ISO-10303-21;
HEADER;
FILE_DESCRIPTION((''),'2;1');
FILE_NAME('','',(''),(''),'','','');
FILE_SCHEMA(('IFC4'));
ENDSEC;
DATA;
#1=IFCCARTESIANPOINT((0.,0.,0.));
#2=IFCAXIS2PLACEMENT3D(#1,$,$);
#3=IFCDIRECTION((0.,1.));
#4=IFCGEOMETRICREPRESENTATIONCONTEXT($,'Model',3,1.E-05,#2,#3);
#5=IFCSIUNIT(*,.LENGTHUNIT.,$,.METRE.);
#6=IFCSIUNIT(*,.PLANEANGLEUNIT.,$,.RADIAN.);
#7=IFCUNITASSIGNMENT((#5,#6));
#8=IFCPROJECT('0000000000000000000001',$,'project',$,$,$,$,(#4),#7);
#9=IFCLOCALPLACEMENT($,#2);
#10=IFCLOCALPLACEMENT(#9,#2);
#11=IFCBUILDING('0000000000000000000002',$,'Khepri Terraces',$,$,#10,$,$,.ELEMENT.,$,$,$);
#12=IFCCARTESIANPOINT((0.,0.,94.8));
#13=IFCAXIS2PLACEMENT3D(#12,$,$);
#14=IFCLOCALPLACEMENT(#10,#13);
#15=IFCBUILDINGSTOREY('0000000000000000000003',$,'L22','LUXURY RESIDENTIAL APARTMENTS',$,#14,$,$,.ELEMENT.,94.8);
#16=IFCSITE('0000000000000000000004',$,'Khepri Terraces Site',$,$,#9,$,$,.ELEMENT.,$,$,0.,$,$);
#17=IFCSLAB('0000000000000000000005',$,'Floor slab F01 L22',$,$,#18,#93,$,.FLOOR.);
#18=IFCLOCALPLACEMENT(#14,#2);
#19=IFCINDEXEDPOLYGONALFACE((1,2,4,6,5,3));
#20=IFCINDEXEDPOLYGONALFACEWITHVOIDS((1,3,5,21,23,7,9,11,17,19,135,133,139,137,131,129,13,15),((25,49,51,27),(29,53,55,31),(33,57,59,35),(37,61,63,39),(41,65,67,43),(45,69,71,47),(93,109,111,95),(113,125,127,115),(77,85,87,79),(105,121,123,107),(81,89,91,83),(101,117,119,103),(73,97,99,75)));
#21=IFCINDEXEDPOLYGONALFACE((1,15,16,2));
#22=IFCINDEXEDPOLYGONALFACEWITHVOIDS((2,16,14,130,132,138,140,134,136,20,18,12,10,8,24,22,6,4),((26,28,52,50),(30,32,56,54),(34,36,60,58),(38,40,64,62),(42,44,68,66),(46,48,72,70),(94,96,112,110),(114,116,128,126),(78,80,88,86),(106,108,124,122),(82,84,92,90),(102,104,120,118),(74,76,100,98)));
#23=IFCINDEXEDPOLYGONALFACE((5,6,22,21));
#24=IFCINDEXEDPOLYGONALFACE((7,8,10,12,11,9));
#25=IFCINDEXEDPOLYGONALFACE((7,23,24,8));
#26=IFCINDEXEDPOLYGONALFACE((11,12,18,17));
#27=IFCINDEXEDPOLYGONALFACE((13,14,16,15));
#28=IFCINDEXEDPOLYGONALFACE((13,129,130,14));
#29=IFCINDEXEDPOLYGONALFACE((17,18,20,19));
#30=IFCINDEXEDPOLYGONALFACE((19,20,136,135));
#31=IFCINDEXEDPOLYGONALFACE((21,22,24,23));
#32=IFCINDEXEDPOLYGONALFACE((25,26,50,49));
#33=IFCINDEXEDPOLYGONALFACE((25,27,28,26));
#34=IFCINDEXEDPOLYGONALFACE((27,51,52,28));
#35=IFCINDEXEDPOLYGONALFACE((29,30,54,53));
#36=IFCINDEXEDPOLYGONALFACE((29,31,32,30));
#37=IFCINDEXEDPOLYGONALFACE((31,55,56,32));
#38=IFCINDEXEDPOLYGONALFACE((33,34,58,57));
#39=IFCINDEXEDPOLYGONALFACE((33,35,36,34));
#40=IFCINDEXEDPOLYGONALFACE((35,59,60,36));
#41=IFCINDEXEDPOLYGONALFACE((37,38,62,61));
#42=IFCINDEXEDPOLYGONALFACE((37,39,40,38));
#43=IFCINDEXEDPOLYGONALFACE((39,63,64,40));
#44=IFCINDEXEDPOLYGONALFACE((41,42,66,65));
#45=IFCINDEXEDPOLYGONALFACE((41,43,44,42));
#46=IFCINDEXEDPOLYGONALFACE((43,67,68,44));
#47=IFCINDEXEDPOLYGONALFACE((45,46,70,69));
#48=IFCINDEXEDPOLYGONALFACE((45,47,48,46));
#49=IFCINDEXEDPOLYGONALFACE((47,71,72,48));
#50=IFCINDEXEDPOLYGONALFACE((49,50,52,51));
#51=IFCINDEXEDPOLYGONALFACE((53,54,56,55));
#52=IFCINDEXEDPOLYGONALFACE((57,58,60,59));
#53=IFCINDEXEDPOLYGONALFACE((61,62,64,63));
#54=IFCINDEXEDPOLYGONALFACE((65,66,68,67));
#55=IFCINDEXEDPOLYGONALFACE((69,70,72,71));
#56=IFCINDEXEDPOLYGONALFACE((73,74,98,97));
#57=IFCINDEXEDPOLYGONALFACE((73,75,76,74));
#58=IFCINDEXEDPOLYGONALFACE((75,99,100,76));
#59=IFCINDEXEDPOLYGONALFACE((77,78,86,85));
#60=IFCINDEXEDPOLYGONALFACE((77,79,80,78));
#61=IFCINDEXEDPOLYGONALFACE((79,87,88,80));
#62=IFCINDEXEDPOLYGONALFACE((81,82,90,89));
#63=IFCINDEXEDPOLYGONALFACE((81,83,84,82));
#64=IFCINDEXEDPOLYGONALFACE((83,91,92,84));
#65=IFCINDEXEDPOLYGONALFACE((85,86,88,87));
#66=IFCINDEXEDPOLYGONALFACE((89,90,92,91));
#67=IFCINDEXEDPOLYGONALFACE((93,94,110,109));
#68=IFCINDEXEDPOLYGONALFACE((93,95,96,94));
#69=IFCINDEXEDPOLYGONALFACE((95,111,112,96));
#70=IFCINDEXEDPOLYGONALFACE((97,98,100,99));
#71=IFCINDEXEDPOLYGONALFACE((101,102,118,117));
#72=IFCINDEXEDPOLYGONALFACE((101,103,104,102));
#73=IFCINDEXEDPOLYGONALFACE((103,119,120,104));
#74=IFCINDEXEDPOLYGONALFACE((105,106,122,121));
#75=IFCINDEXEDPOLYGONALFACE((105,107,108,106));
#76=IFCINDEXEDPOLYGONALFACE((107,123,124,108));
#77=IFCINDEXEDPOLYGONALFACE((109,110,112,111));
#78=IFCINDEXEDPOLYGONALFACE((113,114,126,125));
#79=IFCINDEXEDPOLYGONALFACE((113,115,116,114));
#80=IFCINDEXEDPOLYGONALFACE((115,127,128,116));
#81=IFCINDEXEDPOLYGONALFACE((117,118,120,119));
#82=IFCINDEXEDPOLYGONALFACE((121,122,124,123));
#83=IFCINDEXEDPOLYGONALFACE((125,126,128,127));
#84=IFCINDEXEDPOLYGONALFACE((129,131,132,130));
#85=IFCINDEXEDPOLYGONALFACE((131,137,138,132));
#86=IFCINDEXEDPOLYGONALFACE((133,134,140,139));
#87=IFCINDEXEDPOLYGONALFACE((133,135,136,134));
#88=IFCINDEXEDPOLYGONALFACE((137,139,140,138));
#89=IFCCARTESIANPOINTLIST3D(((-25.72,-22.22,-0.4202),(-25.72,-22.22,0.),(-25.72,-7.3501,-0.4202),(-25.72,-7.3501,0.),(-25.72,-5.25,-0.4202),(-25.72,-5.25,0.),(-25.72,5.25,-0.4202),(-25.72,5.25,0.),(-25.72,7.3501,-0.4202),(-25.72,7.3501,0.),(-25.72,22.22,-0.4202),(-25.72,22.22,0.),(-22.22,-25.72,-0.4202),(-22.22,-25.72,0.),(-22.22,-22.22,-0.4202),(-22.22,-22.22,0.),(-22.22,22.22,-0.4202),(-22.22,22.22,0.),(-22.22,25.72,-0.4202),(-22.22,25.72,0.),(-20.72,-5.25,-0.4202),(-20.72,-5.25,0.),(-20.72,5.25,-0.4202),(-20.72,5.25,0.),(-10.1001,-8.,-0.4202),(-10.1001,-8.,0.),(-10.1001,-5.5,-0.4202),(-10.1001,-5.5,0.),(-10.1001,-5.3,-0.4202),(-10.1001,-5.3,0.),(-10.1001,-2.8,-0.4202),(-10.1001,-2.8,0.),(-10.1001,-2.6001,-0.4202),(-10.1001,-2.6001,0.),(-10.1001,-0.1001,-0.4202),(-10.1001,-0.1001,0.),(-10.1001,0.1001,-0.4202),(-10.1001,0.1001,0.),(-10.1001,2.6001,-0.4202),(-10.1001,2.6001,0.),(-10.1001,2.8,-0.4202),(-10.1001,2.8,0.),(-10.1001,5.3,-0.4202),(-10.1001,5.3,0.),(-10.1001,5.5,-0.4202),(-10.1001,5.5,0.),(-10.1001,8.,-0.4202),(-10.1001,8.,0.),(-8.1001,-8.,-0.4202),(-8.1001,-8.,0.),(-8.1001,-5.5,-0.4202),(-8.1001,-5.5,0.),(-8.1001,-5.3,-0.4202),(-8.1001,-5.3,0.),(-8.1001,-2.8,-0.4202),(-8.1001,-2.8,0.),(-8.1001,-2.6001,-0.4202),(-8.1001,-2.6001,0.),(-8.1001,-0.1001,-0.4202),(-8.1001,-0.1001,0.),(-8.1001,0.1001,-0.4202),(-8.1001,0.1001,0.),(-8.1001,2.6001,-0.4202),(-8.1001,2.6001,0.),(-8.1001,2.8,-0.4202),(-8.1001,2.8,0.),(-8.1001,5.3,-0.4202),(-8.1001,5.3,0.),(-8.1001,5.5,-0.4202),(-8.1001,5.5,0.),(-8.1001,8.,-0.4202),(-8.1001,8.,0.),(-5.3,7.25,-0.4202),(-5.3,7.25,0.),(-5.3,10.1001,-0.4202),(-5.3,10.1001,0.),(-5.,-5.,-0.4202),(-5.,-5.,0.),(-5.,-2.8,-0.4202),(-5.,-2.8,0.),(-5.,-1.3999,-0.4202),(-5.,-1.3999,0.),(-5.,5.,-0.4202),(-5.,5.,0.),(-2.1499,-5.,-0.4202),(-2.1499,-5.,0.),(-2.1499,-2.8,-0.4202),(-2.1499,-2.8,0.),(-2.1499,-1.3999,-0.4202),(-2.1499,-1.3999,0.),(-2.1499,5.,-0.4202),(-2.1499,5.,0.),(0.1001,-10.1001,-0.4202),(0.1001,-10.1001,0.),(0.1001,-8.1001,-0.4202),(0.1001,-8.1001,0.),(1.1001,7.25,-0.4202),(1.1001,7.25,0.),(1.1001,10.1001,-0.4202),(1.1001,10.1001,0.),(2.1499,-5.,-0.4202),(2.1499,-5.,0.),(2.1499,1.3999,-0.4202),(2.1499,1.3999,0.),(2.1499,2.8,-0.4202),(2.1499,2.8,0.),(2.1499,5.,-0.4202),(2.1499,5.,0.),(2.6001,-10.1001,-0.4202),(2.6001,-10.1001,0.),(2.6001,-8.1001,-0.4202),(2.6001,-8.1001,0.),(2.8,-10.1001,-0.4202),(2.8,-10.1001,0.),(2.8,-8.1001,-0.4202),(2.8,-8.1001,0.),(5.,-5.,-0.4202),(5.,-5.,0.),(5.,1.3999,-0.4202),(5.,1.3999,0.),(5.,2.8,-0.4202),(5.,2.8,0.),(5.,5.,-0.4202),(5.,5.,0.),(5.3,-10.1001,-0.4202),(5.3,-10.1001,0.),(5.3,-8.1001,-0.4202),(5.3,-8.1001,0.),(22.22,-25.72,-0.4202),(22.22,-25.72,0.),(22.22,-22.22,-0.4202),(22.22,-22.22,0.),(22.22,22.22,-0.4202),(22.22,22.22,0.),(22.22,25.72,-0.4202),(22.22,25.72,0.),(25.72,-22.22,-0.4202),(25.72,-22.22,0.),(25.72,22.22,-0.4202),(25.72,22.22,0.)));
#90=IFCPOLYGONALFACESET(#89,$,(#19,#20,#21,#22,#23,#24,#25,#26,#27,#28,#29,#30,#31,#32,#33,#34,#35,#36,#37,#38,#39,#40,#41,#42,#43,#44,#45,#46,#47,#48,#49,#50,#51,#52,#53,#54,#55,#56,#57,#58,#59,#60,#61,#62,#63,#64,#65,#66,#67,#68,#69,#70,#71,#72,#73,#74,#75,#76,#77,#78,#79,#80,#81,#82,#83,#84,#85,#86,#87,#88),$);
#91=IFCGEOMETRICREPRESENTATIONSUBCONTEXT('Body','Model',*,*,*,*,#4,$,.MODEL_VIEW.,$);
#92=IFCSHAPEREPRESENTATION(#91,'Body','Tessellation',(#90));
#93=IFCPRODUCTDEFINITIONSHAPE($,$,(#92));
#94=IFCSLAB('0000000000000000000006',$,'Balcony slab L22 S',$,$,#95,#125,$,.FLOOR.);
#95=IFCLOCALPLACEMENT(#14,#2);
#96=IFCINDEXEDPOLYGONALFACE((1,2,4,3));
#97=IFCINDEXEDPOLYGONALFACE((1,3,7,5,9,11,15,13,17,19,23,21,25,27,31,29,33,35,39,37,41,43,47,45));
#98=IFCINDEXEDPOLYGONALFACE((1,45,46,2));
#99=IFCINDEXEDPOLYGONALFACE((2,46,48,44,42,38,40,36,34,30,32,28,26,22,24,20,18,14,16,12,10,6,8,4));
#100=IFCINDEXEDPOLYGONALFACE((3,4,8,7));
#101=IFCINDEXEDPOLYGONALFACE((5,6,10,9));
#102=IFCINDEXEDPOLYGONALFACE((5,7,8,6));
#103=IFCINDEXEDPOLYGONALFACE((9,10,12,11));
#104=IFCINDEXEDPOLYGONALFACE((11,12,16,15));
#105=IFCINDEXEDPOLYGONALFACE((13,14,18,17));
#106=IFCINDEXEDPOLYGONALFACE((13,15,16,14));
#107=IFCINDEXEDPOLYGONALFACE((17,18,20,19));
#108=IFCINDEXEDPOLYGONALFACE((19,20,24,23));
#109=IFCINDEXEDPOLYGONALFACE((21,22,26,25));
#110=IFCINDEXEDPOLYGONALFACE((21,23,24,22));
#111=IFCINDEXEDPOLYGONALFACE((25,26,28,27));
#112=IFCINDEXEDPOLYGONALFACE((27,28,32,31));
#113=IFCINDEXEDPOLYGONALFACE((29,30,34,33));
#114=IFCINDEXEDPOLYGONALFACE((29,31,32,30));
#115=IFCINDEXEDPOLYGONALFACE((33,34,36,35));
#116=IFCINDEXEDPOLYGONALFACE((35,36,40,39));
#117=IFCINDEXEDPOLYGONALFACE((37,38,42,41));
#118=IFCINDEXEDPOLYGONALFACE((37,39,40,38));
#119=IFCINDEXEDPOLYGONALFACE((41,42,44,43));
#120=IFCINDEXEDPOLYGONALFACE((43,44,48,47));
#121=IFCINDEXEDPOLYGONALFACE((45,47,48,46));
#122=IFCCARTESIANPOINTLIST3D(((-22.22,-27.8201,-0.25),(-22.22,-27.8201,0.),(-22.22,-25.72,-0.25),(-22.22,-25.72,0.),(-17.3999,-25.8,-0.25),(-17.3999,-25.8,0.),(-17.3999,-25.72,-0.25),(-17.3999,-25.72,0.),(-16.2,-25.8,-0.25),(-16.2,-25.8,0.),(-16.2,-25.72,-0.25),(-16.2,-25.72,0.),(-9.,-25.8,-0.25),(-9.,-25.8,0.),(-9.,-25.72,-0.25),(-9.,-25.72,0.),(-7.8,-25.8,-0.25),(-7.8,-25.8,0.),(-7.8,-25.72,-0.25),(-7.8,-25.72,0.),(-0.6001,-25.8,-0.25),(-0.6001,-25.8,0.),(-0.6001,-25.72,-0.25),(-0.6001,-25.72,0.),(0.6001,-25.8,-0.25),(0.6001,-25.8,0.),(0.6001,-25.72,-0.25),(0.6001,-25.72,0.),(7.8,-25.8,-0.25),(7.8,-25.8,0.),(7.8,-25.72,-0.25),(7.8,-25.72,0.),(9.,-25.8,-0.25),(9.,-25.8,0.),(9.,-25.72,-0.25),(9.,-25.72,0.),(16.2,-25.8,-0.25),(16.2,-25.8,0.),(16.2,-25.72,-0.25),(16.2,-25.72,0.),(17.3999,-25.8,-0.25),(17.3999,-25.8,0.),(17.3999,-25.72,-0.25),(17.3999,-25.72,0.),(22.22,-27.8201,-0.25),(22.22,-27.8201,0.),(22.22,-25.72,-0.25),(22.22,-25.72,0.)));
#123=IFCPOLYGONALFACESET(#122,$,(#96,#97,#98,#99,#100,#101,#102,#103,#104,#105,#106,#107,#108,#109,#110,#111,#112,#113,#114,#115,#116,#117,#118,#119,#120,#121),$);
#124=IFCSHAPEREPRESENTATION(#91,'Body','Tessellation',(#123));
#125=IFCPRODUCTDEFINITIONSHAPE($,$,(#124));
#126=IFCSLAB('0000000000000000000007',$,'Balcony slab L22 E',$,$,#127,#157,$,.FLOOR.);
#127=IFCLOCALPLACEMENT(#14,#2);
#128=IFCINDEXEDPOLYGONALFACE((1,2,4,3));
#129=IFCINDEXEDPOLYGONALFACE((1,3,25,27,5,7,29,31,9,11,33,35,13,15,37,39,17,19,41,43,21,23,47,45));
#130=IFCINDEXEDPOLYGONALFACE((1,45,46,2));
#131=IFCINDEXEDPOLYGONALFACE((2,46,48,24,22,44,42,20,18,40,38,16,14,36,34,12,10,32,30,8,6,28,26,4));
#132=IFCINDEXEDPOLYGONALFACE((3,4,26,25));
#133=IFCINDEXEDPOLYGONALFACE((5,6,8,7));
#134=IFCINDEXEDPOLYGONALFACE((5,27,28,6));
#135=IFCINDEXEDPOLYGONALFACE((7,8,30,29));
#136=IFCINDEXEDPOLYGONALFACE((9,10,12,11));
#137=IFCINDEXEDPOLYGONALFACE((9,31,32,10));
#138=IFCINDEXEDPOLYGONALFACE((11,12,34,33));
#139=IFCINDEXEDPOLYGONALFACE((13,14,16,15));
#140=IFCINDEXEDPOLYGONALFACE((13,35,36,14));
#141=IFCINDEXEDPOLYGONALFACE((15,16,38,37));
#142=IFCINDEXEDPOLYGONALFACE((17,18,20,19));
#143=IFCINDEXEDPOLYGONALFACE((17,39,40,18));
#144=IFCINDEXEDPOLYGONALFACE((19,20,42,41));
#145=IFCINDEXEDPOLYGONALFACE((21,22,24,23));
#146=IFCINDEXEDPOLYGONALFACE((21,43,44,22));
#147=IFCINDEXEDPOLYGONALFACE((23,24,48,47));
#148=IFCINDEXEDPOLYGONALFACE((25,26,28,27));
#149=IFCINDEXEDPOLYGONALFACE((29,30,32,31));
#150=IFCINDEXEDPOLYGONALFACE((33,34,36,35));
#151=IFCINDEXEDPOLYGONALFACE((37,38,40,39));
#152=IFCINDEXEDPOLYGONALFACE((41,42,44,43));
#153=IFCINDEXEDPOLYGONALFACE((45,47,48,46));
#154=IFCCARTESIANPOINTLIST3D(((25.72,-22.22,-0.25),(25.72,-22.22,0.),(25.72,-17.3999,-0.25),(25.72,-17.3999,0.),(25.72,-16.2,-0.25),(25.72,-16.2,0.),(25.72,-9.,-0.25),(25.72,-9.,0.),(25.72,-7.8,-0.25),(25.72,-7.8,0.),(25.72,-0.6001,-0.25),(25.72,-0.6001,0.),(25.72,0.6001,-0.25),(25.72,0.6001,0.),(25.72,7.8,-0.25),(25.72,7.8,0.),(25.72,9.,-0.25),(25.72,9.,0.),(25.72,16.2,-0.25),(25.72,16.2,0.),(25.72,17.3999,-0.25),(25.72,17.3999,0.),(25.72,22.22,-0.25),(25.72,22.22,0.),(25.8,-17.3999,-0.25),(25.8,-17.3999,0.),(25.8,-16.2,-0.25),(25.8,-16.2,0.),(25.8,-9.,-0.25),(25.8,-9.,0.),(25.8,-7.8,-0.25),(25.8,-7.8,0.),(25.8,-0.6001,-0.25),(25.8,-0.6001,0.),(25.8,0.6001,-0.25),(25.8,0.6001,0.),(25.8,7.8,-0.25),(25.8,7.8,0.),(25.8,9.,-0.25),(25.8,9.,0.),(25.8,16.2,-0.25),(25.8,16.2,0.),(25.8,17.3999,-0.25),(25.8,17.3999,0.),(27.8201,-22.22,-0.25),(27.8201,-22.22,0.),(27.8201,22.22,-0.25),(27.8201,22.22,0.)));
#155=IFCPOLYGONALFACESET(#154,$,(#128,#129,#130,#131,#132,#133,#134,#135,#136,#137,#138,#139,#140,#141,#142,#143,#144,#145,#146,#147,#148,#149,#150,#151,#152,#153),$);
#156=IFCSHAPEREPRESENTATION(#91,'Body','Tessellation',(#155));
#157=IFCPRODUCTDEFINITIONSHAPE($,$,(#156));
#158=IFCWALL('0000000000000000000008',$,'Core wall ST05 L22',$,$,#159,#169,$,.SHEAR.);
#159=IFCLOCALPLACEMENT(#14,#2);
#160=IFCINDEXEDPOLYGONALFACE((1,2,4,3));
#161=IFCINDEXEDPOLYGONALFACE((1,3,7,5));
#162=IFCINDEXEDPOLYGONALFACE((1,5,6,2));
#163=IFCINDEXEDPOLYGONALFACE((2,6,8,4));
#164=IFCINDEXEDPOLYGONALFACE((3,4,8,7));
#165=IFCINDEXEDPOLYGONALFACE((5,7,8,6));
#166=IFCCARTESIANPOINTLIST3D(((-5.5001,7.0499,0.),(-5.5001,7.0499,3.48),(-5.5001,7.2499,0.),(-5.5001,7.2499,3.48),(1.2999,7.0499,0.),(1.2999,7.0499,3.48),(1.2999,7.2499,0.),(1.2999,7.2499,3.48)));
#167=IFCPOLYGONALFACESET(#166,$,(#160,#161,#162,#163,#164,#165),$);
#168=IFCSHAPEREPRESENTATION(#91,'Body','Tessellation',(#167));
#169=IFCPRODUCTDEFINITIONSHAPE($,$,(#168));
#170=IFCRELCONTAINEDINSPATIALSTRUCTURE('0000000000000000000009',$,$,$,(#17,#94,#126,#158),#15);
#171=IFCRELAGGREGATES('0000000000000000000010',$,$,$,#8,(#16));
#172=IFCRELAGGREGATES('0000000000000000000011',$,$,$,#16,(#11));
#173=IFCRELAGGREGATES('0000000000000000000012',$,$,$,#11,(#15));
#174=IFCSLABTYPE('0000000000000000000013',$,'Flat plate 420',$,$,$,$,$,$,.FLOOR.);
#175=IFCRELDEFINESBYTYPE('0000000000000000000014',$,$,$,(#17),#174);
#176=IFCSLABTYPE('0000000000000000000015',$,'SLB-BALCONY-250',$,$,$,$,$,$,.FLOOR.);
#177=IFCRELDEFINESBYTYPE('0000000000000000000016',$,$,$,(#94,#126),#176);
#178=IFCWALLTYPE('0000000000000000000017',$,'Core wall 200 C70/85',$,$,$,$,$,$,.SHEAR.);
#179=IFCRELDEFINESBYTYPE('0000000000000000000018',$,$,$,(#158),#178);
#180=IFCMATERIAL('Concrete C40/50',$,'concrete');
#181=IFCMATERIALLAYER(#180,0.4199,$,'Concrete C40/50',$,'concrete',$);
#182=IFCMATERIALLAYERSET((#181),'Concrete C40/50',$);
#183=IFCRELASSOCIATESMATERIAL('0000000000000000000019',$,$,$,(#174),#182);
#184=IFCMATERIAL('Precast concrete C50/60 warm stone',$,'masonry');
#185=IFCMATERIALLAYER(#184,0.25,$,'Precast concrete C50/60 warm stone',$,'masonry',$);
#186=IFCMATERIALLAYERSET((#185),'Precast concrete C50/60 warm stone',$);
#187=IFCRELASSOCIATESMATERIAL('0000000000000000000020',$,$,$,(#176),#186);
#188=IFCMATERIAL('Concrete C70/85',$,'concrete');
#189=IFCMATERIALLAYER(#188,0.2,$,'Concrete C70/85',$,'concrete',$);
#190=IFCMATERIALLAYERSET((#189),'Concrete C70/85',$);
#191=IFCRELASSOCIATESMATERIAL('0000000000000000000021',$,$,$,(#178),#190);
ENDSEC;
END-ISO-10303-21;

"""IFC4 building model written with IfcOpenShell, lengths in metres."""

from ifc_helpers import new_model, si_unit, direction, frame, frame_2d, origin, place, context, subcontext, project, spatial, polyline, rectangle, outline, extrude, material, layer, layer_set, type_object, element, save


model = new_model("IFC4")

# Units and contexts
model_context = context("Model", 3, precision=1e-05, world=origin(), true_north=direction((0.0, 1.0)))
body_context = subcontext(model_context, "Body", "Model", "MODEL_VIEW")
ifc_project = project(units=[si_unit("LENGTHUNIT", "METRE"), si_unit("PLANEANGLEUNIT", "RADIAN")], contexts=[model_context])

# Site, building, storey
site_placement = place(None, origin())
site = spatial("IfcSite", under=ifc_project, at=site_placement, Name="Khepri Terraces Site", CompositionType="ELEMENT", RefElevation=0.0)
building_placement = place(site_placement, origin())
building = spatial("IfcBuilding", under=site, at=building_placement, Name="Khepri Terraces", CompositionType="ELEMENT")
storey_placement = place(building_placement, frame((0.0, 0.0, 94.8)))
storey = spatial("IfcBuildingStorey", under=building, at=storey_placement, Name="L22", Description="LUXURY RESIDENTIAL APARTMENTS", CompositionType="ELEMENT", Elevation=94.8)

# Slabs
ifc_material_1 = material(Name="Concrete C40/50", Category="concrete")
ifc_layer_1 = layer(ifc_material_1, 0.4199, Name="Concrete C40/50", Category="concrete")
ifc_layer_set_1 = layer_set([ifc_layer_1], Name="Concrete C40/50")
slab_type_1 = type_object("IfcSlabType", Name="Flat plate 420", PredefinedType="FLOOR", material=ifc_layer_set_1)
slab_1_placement = place(storey_placement, frame((0.0, 0.0, -0.4202)))
element("IfcSlab", 1, at=slab_1_placement, inside=storey, type_object=slab_type_1, Name="Floor slab F01 L22", PredefinedType="FLOOR", context=body_context, shape_type="SweptSolid", body=[
    extrude(outline(polyline([(22.22, -25.72), (-22.22, -25.72), (-22.22, -22.22), (-25.72, -22.22), (-25.72, -7.3501), (-25.72, -5.25), (-20.72, -5.25), (-20.72, 5.25), (-25.72, 5.25), (-25.72, 7.3501), (-25.72, 22.22), (-22.22, 22.22), (-22.22, 25.72), (22.22, 25.72), (22.22, 22.22), (25.72, 22.22), (25.72, -22.22), (22.22, -22.22), (22.22, -25.72)]), holes=[polyline([(5.0, 5.0), (2.1499, 5.0), (2.1499, 2.8), (5.0, 2.8), (5.0, 5.0)]), polyline([(-2.1499, -5.0), (-2.1499, -2.8), (-5.0, -2.8), (-5.0, -5.0), (-2.1499, -5.0)]), polyline([(-10.1001, -8.0), (-8.1001, -8.0), (-8.1001, -5.5), (-10.1001, -5.5), (-10.1001, -8.0)]), polyline([(-10.1001, -2.8), (-10.1001, -5.3), (-8.1001, -5.3), (-8.1001, -2.8), (-10.1001, -2.8)]), polyline([(-8.1001, -0.1001), (-10.1001, -0.1001), (-10.1001, -2.6001), (-8.1001, -2.6001), (-8.1001, -0.1001)]), polyline([(-8.1001, 0.1001), (-8.1001, 2.6001), (-10.1001, 2.6001), (-10.1001, 0.1001), (-8.1001, 0.1001)]), polyline([(-10.1001, 2.8), (-8.1001, 2.8), (-8.1001, 5.3), (-10.1001, 5.3), (-10.1001, 2.8)]), polyline([(-10.1001, 8.0), (-10.1001, 5.5), (-8.1001, 5.5), (-8.1001, 8.0), (-10.1001, 8.0)]), polyline([(2.6001, -8.1001), (0.1001, -8.1001), (0.1001, -10.1001), (2.6001, -10.1001), (2.6001, -8.1001)]), polyline([(5.3, -10.1001), (5.3, -8.1001), (2.8, -8.1001), (2.8, -10.1001), (5.3, -10.1001)]), polyline([(-5.0, -1.3999), (-2.1499, -1.3999), (-2.1499, 5.0), (-5.0, 5.0), (-5.0, -1.3999)]), polyline([(5.0, -5.0), (5.0, 1.3999), (2.1499, 1.3999), (2.1499, -5.0), (5.0, -5.0)]), polyline([(-5.3, 10.1001), (-5.3, 7.25), (1.1001, 7.25), (1.1001, 10.1001), (-5.3, 10.1001)])]), origin(), (0.0, 0.0, 1.0), 0.4202),
])
ifc_material_2 = material(Name="Precast concrete C50/60 warm stone", Category="masonry")
ifc_layer_2 = layer(ifc_material_2, 0.25, Name="Precast concrete C50/60 warm stone", Category="masonry")
ifc_layer_set_2 = layer_set([ifc_layer_2], Name="Precast concrete C50/60 warm stone")
slab_type_2 = type_object("IfcSlabType", Name="SLB-BALCONY-250", PredefinedType="FLOOR", material=ifc_layer_set_2)
slab_2_placement = place(storey_placement, frame((0.0, 0.0, -0.25)))
element("IfcSlab", 2, at=slab_2_placement, inside=storey, type_object=slab_type_2, Name="Balcony slab L22 S", PredefinedType="FLOOR", context=body_context, shape_type="SweptSolid", body=[
    extrude(outline(polyline([(-17.3999, -25.72), (-22.22, -25.72), (-22.22, -27.8201), (22.22, -27.8201), (22.22, -25.72), (17.3999, -25.72), (17.3999, -25.8), (16.2, -25.8), (16.2, -25.72), (9.0, -25.72), (9.0, -25.8), (7.8, -25.8), (7.8, -25.72), (0.6001, -25.72), (0.6001, -25.8), (-0.6001, -25.8), (-0.6001, -25.72), (-7.8, -25.72), (-7.8, -25.8), (-9.0, -25.8), (-9.0, -25.72), (-16.2, -25.72), (-16.2, -25.8), (-17.3999, -25.8), (-17.3999, -25.72)])), origin(), (0.0, 0.0, 1.0), 0.25),
])
slab_3_placement = place(storey_placement, frame((0.0, 0.0, -0.25)))
element("IfcSlab", 3, at=slab_3_placement, inside=storey, type_object=slab_type_2, Name="Balcony slab L22 E", PredefinedType="FLOOR", context=body_context, shape_type="SweptSolid", body=[
    extrude(outline(polyline([(25.72, -17.3999), (25.72, -22.22), (27.8201, -22.22), (27.8201, 22.22), (25.72, 22.22), (25.72, 17.3999), (25.8, 17.3999), (25.8, 16.2), (25.72, 16.2), (25.72, 9.0), (25.8, 9.0), (25.8, 7.8), (25.72, 7.8), (25.72, 0.6001), (25.8, 0.6001), (25.8, -0.6001), (25.72, -0.6001), (25.72, -7.8), (25.8, -7.8), (25.8, -9.0), (25.72, -9.0), (25.72, -16.2), (25.8, -16.2), (25.8, -17.3999), (25.72, -17.3999)])), origin(), (0.0, 0.0, 1.0), 0.25),
])

# Wall
ifc_material_3 = material(Name="Concrete C70/85", Category="concrete")
ifc_layer_3 = layer(ifc_material_3, 0.2, Name="Concrete C70/85", Category="concrete")
ifc_layer_set_3 = layer_set([ifc_layer_3], Name="Concrete C70/85")
wall_type_1 = type_object("IfcWallType", Name="Core wall 200 C70/85", PredefinedType="SHEAR", material=ifc_layer_set_3)
wall_1_placement = place(storey_placement, frame((-5.5, 7.1499, 0.0), z_axis=(0.0, 0.0, 1.0), x_axis=(1.0, 0.0, 0.0)))
element("IfcWall", 4, at=wall_1_placement, inside=storey, type_object=wall_type_1, Name="Core wall ST05 L22", PredefinedType="SHEAR", context=body_context, shape_type="SweptSolid", body=[
    extrude(rectangle(XDim=6.8, YDim=0.2, at=frame_2d((3.3999, 0.0))), origin(), (0.0, 0.0, 1.0), 3.48),
])

save(model, "model.ifc")
